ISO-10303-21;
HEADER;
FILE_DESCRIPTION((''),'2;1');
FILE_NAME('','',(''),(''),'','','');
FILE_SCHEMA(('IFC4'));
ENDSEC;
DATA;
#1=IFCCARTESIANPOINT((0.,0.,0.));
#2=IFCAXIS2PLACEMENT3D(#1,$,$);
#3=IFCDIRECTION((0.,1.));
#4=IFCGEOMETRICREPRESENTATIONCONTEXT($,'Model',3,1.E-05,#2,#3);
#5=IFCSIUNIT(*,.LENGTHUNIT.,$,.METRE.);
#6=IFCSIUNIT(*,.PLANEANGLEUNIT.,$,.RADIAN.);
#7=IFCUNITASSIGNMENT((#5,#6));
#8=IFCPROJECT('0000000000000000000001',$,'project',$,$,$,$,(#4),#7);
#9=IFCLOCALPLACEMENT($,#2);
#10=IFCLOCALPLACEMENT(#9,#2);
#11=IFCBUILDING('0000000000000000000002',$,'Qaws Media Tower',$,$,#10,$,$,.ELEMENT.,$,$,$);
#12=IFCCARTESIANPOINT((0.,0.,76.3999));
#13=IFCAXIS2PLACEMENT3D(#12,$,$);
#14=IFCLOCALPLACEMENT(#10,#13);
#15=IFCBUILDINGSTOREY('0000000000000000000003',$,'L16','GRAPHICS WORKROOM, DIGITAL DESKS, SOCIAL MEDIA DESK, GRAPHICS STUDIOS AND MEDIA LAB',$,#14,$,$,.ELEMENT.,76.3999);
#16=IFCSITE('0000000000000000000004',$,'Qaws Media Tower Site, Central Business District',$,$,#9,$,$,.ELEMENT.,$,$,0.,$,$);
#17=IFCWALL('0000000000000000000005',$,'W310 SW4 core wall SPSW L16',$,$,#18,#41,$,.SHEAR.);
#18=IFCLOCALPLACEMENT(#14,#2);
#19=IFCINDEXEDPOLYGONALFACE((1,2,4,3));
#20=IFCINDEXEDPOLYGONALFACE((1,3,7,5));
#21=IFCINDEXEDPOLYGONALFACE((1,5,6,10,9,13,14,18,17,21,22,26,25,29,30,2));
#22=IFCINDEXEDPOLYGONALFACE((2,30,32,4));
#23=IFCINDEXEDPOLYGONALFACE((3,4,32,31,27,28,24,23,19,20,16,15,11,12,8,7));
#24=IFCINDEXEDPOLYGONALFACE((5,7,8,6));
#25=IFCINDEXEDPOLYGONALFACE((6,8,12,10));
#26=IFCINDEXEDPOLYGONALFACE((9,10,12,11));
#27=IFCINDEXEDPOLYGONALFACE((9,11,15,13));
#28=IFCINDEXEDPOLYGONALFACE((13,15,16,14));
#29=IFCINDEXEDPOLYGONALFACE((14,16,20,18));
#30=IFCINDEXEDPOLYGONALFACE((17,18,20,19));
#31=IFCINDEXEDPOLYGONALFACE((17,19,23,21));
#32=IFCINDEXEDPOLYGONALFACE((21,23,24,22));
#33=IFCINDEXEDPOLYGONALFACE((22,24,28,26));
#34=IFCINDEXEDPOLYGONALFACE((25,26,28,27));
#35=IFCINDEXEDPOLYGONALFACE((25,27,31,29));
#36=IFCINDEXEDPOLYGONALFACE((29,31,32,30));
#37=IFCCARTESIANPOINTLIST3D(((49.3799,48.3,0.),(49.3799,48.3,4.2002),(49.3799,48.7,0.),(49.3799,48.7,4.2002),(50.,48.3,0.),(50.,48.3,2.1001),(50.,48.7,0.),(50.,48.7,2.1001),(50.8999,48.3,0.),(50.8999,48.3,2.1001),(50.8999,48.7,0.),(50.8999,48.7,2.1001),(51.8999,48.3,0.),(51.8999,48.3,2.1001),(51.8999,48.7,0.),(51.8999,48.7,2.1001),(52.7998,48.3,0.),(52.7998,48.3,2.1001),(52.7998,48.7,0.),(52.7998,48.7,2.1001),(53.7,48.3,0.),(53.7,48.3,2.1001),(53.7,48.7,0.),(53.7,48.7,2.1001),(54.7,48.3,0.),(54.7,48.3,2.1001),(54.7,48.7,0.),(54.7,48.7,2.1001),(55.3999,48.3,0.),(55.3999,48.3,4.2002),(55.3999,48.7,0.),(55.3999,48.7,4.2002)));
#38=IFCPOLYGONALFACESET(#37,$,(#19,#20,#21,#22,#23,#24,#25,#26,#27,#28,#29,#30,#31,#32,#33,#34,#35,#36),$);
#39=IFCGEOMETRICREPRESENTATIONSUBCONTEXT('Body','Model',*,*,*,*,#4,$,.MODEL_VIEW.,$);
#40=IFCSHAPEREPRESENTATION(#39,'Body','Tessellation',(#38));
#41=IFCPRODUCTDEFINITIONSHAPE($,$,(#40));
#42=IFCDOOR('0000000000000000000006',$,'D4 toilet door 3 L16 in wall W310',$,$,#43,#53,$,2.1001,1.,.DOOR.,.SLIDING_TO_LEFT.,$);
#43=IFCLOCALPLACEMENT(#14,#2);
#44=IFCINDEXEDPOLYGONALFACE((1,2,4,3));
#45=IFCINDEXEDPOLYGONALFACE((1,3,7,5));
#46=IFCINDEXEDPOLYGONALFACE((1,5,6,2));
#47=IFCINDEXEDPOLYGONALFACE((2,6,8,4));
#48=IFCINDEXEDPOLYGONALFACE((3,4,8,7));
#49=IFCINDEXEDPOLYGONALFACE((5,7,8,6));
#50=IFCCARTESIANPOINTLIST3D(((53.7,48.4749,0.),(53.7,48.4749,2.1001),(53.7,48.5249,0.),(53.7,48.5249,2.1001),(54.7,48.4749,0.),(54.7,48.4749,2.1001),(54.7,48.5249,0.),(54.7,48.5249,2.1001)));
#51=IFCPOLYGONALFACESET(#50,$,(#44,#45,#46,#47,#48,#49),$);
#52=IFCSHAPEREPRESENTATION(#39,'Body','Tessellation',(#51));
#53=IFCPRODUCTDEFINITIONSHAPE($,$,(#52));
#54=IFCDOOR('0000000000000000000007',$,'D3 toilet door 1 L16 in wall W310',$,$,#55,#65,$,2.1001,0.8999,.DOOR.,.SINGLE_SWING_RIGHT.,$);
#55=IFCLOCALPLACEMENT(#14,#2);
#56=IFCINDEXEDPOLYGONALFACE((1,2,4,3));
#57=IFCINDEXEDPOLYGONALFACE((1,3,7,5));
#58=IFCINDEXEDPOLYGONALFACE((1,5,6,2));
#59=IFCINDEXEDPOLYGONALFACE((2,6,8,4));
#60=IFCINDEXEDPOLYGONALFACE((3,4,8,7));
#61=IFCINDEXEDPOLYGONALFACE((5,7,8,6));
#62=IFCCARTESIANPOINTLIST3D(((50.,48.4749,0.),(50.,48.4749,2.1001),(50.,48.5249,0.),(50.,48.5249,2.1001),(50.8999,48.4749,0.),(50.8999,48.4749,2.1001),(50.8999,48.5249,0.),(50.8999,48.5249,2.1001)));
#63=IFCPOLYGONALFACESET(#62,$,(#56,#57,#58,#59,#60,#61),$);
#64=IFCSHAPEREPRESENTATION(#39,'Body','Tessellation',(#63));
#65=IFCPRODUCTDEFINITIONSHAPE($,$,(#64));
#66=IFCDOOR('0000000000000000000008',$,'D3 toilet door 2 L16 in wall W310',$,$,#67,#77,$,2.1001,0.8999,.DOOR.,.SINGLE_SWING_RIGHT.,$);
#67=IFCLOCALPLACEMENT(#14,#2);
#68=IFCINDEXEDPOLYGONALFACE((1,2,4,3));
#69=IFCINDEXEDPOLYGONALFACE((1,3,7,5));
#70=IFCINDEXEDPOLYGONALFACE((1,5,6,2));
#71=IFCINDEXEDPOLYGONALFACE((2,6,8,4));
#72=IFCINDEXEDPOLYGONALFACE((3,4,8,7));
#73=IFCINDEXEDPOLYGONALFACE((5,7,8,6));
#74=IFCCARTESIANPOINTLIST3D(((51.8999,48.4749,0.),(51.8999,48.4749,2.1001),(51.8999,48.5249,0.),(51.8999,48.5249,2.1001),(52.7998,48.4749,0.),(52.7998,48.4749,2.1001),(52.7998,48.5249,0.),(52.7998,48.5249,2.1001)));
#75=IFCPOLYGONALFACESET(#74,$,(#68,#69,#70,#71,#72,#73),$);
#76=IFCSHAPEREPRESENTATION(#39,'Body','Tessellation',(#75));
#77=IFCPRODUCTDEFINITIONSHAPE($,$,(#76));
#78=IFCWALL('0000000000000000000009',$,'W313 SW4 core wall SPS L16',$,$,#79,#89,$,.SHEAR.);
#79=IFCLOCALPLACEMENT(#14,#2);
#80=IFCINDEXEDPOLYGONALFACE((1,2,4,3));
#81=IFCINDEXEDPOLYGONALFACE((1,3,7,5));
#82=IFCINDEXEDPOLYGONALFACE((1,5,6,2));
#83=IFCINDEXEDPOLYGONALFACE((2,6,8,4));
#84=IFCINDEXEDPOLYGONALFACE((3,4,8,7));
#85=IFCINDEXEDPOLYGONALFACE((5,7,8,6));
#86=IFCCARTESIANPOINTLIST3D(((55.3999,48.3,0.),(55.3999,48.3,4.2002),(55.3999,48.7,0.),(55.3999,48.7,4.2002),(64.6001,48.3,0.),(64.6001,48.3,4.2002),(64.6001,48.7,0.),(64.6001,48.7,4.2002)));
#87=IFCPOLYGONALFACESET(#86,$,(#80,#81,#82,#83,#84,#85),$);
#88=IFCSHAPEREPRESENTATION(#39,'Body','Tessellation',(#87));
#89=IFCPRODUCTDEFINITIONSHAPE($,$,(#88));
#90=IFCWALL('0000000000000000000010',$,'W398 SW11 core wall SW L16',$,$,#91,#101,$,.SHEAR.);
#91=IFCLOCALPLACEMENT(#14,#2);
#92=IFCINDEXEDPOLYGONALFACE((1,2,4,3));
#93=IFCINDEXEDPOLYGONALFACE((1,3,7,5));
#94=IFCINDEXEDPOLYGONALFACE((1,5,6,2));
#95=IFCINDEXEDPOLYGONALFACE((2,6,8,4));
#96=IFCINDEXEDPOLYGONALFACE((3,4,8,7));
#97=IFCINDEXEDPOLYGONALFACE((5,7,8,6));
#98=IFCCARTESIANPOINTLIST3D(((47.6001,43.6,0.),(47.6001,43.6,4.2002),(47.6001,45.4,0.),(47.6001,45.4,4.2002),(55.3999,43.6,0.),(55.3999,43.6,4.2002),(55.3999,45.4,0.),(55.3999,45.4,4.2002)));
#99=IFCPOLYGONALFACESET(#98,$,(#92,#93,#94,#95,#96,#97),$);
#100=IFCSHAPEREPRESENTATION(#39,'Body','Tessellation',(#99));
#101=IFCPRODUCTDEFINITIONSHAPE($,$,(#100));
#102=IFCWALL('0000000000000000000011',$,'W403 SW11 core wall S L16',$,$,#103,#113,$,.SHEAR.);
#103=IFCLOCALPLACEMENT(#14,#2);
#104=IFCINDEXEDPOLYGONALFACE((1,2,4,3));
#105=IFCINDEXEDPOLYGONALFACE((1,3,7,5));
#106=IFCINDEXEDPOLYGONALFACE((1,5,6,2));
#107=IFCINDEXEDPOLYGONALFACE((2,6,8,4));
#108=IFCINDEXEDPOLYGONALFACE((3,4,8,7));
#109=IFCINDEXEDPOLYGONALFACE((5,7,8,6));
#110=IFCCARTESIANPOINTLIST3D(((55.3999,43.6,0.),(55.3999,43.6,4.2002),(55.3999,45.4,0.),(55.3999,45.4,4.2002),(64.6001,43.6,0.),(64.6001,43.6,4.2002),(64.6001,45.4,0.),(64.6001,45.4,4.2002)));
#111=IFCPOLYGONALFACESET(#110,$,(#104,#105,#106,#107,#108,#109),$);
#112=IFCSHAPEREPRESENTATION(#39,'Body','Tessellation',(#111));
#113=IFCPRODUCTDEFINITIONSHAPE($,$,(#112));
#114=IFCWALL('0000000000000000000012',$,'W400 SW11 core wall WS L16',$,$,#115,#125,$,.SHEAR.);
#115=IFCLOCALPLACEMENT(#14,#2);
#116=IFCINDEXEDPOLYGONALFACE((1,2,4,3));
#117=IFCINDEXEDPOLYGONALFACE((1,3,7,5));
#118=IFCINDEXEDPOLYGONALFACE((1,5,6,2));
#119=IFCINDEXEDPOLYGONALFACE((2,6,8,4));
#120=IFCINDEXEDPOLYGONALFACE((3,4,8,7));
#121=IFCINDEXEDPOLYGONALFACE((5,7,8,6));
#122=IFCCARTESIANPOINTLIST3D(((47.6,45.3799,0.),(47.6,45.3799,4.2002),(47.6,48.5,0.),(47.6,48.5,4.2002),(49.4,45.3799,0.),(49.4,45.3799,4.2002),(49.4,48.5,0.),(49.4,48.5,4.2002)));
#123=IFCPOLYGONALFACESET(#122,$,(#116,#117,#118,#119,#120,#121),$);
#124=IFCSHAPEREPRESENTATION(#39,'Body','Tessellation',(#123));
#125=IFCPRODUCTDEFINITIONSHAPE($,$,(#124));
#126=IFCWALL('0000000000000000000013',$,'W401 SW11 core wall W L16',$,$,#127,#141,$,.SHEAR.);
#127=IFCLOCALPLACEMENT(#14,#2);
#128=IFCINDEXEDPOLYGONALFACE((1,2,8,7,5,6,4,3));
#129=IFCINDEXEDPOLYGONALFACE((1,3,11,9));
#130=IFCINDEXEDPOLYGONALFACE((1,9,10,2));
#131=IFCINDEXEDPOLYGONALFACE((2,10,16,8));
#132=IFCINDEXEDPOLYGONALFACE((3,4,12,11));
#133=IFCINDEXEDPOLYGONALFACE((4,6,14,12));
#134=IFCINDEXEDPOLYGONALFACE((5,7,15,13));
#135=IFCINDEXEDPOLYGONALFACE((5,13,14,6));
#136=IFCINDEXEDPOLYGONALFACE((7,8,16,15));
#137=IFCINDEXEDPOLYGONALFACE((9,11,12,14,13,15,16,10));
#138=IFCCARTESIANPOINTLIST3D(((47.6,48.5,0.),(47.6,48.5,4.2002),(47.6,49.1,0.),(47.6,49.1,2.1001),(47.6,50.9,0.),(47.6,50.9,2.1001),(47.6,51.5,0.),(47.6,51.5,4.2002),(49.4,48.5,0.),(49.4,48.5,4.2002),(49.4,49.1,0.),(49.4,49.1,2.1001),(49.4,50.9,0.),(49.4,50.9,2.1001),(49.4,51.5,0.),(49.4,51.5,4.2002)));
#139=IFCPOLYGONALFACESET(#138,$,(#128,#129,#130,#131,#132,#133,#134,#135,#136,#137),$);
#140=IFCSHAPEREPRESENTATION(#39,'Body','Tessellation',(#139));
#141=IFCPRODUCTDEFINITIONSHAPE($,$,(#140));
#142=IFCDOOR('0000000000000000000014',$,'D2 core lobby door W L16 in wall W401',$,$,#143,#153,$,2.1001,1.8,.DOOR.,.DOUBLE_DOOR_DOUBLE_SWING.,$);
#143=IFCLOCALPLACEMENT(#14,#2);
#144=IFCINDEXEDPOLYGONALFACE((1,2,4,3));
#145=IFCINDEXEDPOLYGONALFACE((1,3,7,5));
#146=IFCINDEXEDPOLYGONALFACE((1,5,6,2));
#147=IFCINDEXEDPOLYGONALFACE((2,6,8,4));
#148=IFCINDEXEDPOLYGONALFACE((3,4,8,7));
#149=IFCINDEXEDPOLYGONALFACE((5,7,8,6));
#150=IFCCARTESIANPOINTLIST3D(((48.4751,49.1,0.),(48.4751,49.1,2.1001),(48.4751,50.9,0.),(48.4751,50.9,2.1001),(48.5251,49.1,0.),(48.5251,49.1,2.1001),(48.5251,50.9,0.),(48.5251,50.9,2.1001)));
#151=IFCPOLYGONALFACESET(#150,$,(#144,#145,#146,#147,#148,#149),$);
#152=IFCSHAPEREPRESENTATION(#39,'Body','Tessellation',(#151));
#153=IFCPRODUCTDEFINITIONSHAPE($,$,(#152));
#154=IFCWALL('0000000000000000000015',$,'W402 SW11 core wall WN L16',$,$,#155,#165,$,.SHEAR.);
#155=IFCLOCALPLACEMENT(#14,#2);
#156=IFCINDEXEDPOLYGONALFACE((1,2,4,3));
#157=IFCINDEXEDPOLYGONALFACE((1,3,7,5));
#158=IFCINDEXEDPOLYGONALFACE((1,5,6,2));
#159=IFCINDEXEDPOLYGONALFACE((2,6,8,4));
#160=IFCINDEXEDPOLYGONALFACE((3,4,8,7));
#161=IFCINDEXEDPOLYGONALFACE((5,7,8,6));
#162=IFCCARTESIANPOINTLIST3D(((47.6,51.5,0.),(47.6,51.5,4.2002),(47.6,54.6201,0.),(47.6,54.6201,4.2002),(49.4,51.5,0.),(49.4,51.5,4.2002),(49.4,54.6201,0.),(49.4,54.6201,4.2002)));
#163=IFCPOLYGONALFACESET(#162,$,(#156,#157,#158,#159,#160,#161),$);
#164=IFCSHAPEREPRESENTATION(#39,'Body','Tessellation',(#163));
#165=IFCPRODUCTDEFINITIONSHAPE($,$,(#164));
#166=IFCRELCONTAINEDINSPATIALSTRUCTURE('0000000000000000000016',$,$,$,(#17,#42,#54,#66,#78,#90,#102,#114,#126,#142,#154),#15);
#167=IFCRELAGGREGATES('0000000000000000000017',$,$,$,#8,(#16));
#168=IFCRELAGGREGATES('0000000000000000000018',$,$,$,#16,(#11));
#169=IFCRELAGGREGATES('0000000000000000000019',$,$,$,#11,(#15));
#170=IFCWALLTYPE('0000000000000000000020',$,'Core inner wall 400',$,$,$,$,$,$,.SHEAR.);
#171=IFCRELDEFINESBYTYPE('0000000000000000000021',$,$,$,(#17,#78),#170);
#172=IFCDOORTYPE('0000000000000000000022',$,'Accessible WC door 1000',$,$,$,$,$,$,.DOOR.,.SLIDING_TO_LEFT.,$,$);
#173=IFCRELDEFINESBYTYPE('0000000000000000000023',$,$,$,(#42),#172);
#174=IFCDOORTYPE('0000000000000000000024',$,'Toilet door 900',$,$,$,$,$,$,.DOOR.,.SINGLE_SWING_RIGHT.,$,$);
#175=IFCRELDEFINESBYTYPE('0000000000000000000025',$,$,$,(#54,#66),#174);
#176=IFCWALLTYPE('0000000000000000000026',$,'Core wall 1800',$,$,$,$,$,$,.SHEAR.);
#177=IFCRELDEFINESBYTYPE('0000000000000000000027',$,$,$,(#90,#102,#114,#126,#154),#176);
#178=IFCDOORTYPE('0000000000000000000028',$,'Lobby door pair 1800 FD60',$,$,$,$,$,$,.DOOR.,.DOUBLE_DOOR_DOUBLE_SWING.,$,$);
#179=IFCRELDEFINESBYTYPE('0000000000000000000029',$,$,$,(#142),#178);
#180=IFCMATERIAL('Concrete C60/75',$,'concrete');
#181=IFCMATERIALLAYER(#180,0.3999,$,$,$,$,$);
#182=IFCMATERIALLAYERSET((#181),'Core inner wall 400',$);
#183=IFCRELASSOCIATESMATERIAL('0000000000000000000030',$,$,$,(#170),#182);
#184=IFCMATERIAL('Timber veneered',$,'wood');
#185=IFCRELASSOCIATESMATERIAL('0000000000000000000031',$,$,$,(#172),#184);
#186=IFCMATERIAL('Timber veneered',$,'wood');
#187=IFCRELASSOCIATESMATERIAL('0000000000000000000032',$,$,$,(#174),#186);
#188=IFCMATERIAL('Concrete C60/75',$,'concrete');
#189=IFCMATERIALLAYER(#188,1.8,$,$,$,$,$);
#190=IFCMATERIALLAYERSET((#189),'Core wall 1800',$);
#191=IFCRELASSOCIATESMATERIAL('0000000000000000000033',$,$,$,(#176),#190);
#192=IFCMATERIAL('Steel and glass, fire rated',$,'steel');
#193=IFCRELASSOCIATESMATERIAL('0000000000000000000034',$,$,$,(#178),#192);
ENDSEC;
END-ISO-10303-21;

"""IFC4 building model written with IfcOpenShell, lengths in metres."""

from ifc_helpers import new_model, si_unit, direction, frame, frame_2d, origin, place, context, subcontext, project, spatial, rectangle, extrude, material, layer, layer_set, type_object, element, fill, save


model = new_model("IFC4")

# Units and contexts
model_context = context("Model", 3, precision=1e-05, world=origin(), true_north=direction((0.0, 1.0)))
body_context = subcontext(model_context, "Body", "Model", "MODEL_VIEW")
ifc_project = project(units=[si_unit("LENGTHUNIT", "METRE"), si_unit("PLANEANGLEUNIT", "RADIAN")], contexts=[model_context])

# Site, building, storey
site_placement = place(None, origin())
site = spatial("IfcSite", under=ifc_project, at=site_placement, Name="Qaws Media Tower Site, Central Business District", CompositionType="ELEMENT", RefElevation=0.0)
building_placement = place(site_placement, origin())
building = spatial("IfcBuilding", under=site, at=building_placement, Name="Qaws Media Tower", CompositionType="ELEMENT")
storey_placement = place(building_placement, frame((0.0, 0.0, 76.3999)))
storey = spatial("IfcBuildingStorey", under=building, at=storey_placement, Name="L16", Description="GRAPHICS WORKROOM, DIGITAL DESKS, SOCIAL MEDIA DESK, GRAPHICS STUDIOS AND MEDIA LAB", CompositionType="ELEMENT", Elevation=76.3999)

# Shared definitions
ifc_material_1 = material(Name="Concrete C60/75", Category="concrete")
ifc_layer_1 = layer(ifc_material_1, 0.3999)
ifc_layer_set_1 = layer_set([ifc_layer_1], Name="Core inner wall 400")
wall_type_1 = type_object("IfcWallType", Name="Core inner wall 400", PredefinedType="SHEAR", material=ifc_layer_set_1)

# Wall, openings, doors
wall_1_placement = place(storey_placement, frame((49.3799, 48.5, 0.0), z_axis=(0.0, 0.0, 1.0), x_axis=(1.0, 0.0, 0.0)))
wall_1 = element("IfcWall", 1, at=wall_1_placement, inside=storey, type_object=wall_type_1, Name="W310 SW4 core wall SPSW L16", PredefinedType="SHEAR", context=body_context, shape_type="SweptSolid", body=[
    extrude(rectangle(XDim=6.02, YDim=0.3999, at=frame_2d((3.01, 0.0))), origin(), (0.0, 0.0, 1.0), 4.2002),
])
opening_1_placement = place(wall_1_placement, frame((0.6201, 0.0, 0.0)))
opening_1 = element("IfcOpeningElement", 2, at=opening_1_placement, cuts=wall_1, PredefinedType="OPENING", context=body_context, shape_type="SweptSolid", body=[
    extrude(rectangle(XDim=0.8999, YDim=2.1001, at=frame_2d((0.45, 1.05))), frame((0.0, 0.21, 0.0), z_axis=(0.0, -1.0, 0.0), x_axis=(1.0, 0.0, 0.0)), (0.0, 0.0, 1.0), 0.4199),
])
opening_2_placement = place(wall_1_placement, frame((2.52, 0.0, 0.0)))
opening_2 = element("IfcOpeningElement", 3, at=opening_2_placement, cuts=wall_1, PredefinedType="OPENING", context=body_context, shape_type="SweptSolid", body=[
    extrude(rectangle(XDim=0.8999, YDim=2.1001, at=frame_2d((0.45, 1.05))), frame((0.0, 0.21, 0.0), z_axis=(0.0, -1.0, 0.0), x_axis=(1.0, 0.0, 0.0)), (0.0, 0.0, 1.0), 0.4199),
])
opening_3_placement = place(wall_1_placement, frame((4.3201, 0.0, 0.0)))
opening_3 = element("IfcOpeningElement", 4, at=opening_3_placement, cuts=wall_1, PredefinedType="OPENING", context=body_context, shape_type="SweptSolid", body=[
    extrude(rectangle(XDim=1.0, YDim=2.1001, at=frame_2d((0.5, 1.05))), frame((0.0, 0.21, 0.0), z_axis=(0.0, -1.0, 0.0), x_axis=(1.0, 0.0, 0.0)), (0.0, 0.0, 1.0), 0.4199),
])
ifc_material_2 = material(Name="Timber veneered", Category="wood")
door_type_1 = type_object("IfcDoorType", Name="Accessible WC door 1000", OperationType="SLIDING_TO_LEFT", PredefinedType="DOOR", material=ifc_material_2)
door_1_placement = place(opening_3_placement, origin())
door_1 = element("IfcDoor", 5, at=door_1_placement, inside=storey, type_object=door_type_1, Name="D4 toilet door 3 L16 in wall W310", OperationType="SLIDING_TO_LEFT", OverallHeight=2.1001, OverallWidth=1.0, PredefinedType="DOOR", context=body_context, shape_type="SweptSolid", body=[
    extrude(rectangle(XDim=1.0, YDim=2.1001, at=frame_2d((0.5, 1.05))), frame((0.0, 0.0249, 0.0), z_axis=(0.0, -1.0, 0.0), x_axis=(1.0, 0.0, 0.0)), (0.0, 0.0, 1.0), 0.05),
])
fill(opening_3, door_1)
ifc_material_3 = material(Name="Timber veneered", Category="wood")
door_type_2 = type_object("IfcDoorType", Name="Toilet door 900", OperationType="SINGLE_SWING_RIGHT", PredefinedType="DOOR", material=ifc_material_3)
door_2_placement = place(opening_1_placement, origin())
door_2 = element("IfcDoor", 6, at=door_2_placement, inside=storey, type_object=door_type_2, Name="D3 toilet door 1 L16 in wall W310", OperationType="SINGLE_SWING_RIGHT", OverallHeight=2.1001, OverallWidth=0.8999, PredefinedType="DOOR", context=body_context, shape_type="SweptSolid", body=[
    extrude(rectangle(XDim=0.8999, YDim=2.1001, at=frame_2d((0.45, 1.05))), frame((0.0, 0.0249, 0.0), z_axis=(0.0, -1.0, 0.0), x_axis=(1.0, 0.0, 0.0)), (0.0, 0.0, 1.0), 0.05),
])
fill(opening_1, door_2)
door_3_placement = place(opening_2_placement, origin())
door_3 = element("IfcDoor", 7, at=door_3_placement, inside=storey, type_object=door_type_2, Name="D3 toilet door 2 L16 in wall W310", OperationType="SINGLE_SWING_RIGHT", OverallHeight=2.1001, OverallWidth=0.8999, PredefinedType="DOOR", context=body_context, shape_type="SweptSolid", body=[
    extrude(rectangle(XDim=0.8999, YDim=2.1001, at=frame_2d((0.45, 1.05))), frame((0.0, 0.0249, 0.0), z_axis=(0.0, -1.0, 0.0), x_axis=(1.0, 0.0, 0.0)), (0.0, 0.0, 1.0), 0.05),
])
fill(opening_2, door_3)

# Walls
wall_2_placement = place(storey_placement, frame((55.3999, 48.5, 0.0), z_axis=(0.0, 0.0, 1.0), x_axis=(1.0, 0.0, 0.0)))
element("IfcWall", 8, at=wall_2_placement, inside=storey, type_object=wall_type_1, Name="W313 SW4 core wall SPS L16", PredefinedType="SHEAR", context=body_context, shape_type="SweptSolid", body=[
    extrude(rectangle(XDim=9.2002, YDim=0.3999, at=frame_2d((4.6001, 0.0))), origin(), (0.0, 0.0, 1.0), 4.2002),
])
ifc_material_4 = material(Name="Concrete C60/75", Category="concrete")
ifc_layer_2 = layer(ifc_material_4, 1.8)
ifc_layer_set_2 = layer_set([ifc_layer_2], Name="Core wall 1800")
wall_type_2 = type_object("IfcWallType", Name="Core wall 1800", PredefinedType="SHEAR", material=ifc_layer_set_2)
wall_3_placement = place(storey_placement, frame((47.6001, 44.5, 0.0), z_axis=(0.0, 0.0, 1.0), x_axis=(1.0, 0.0, 0.0)))
element("IfcWall", 9, at=wall_3_placement, inside=storey, type_object=wall_type_2, Name="W398 SW11 core wall SW L16", PredefinedType="SHEAR", context=body_context, shape_type="SweptSolid", body=[
    extrude(rectangle(XDim=7.7998, YDim=1.8, at=frame_2d((3.8999, 0.0))), origin(), (0.0, 0.0, 1.0), 4.2002),
])
wall_4_placement = place(storey_placement, frame((55.3999, 44.5, 0.0), z_axis=(0.0, 0.0, 1.0), x_axis=(1.0, 0.0, 0.0)))
element("IfcWall", 10, at=wall_4_placement, inside=storey, type_object=wall_type_2, Name="W403 SW11 core wall S L16", PredefinedType="SHEAR", context=body_context, shape_type="SweptSolid", body=[
    extrude(rectangle(XDim=9.2002, YDim=1.8, at=frame_2d((4.6001, 0.0))), origin(), (0.0, 0.0, 1.0), 4.2002),
])
wall_5_placement = place(storey_placement, frame((48.5, 45.3799, 0.0), z_axis=(0.0, 0.0, 1.0), x_axis=(0.0, 1.0, 0.0)))
element("IfcWall", 11, at=wall_5_placement, inside=storey, type_object=wall_type_2, Name="W400 SW11 core wall WS L16", PredefinedType="SHEAR", context=body_context, shape_type="SweptSolid", body=[
    extrude(rectangle(XDim=3.1201, YDim=1.8, at=frame_2d((1.5601, 0.0))), origin(), (0.0, 0.0, 1.0), 4.2002),
])

# Wall, opening, door
wall_6_placement = place(storey_placement, frame((48.5, 48.5, 0.0), z_axis=(0.0, 0.0, 1.0), x_axis=(0.0, 1.0, 0.0)))
wall_6 = element("IfcWall", 12, at=wall_6_placement, inside=storey, type_object=wall_type_2, Name="W401 SW11 core wall W L16", PredefinedType="SHEAR", context=body_context, shape_type="SweptSolid", body=[
    extrude(rectangle(XDim=3.0, YDim=1.8, at=frame_2d((1.5, 0.0))), origin(), (0.0, 0.0, 1.0), 4.2002),
])
opening_4_placement = place(wall_6_placement, frame((0.6001, 0.0, 0.0)))
opening_4 = element("IfcOpeningElement", 13, at=opening_4_placement, cuts=wall_6, PredefinedType="OPENING", context=body_context, shape_type="SweptSolid", body=[
    extrude(rectangle(XDim=1.8, YDim=2.1001, at=frame_2d((0.8999, 1.05))), frame((0.0, 0.9099, 0.0), z_axis=(0.0, -1.0, 0.0), x_axis=(1.0, 0.0, 0.0)), (0.0, 0.0, 1.0), 1.8201),
])
ifc_material_5 = material(Name="Steel and glass, fire rated", Category="steel")
door_type_3 = type_object("IfcDoorType", Name="Lobby door pair 1800 FD60", OperationType="DOUBLE_DOOR_DOUBLE_SWING", PredefinedType="DOOR", material=ifc_material_5)
door_4_placement = place(opening_4_placement, origin())
door_4 = element("IfcDoor", 14, at=door_4_placement, inside=storey, type_object=door_type_3, Name="D2 core lobby door W L16 in wall W401", OperationType="DOUBLE_DOOR_DOUBLE_SWING", OverallHeight=2.1001, OverallWidth=1.8, PredefinedType="DOOR", context=body_context, shape_type="SweptSolid", body=[
    extrude(rectangle(XDim=1.8, YDim=2.1001, at=frame_2d((0.8999, 1.05))), frame((0.0, 0.0249, 0.0), z_axis=(0.0, -1.0, 0.0), x_axis=(1.0, 0.0, 0.0)), (0.0, 0.0, 1.0), 0.05),
])
fill(opening_4, door_4)

# Wall
wall_7_placement = place(storey_placement, frame((48.5, 51.5, 0.0), z_axis=(0.0, 0.0, 1.0), x_axis=(0.0, 1.0, 0.0)))
element("IfcWall", 15, at=wall_7_placement, inside=storey, type_object=wall_type_2, Name="W402 SW11 core wall WN L16", PredefinedType="SHEAR", context=body_context, shape_type="SweptSolid", body=[
    extrude(rectangle(XDim=3.1201, YDim=1.8, at=frame_2d((1.5601, 0.0))), origin(), (0.0, 0.0, 1.0), 4.2002),
])

save(model, "model.ifc")
